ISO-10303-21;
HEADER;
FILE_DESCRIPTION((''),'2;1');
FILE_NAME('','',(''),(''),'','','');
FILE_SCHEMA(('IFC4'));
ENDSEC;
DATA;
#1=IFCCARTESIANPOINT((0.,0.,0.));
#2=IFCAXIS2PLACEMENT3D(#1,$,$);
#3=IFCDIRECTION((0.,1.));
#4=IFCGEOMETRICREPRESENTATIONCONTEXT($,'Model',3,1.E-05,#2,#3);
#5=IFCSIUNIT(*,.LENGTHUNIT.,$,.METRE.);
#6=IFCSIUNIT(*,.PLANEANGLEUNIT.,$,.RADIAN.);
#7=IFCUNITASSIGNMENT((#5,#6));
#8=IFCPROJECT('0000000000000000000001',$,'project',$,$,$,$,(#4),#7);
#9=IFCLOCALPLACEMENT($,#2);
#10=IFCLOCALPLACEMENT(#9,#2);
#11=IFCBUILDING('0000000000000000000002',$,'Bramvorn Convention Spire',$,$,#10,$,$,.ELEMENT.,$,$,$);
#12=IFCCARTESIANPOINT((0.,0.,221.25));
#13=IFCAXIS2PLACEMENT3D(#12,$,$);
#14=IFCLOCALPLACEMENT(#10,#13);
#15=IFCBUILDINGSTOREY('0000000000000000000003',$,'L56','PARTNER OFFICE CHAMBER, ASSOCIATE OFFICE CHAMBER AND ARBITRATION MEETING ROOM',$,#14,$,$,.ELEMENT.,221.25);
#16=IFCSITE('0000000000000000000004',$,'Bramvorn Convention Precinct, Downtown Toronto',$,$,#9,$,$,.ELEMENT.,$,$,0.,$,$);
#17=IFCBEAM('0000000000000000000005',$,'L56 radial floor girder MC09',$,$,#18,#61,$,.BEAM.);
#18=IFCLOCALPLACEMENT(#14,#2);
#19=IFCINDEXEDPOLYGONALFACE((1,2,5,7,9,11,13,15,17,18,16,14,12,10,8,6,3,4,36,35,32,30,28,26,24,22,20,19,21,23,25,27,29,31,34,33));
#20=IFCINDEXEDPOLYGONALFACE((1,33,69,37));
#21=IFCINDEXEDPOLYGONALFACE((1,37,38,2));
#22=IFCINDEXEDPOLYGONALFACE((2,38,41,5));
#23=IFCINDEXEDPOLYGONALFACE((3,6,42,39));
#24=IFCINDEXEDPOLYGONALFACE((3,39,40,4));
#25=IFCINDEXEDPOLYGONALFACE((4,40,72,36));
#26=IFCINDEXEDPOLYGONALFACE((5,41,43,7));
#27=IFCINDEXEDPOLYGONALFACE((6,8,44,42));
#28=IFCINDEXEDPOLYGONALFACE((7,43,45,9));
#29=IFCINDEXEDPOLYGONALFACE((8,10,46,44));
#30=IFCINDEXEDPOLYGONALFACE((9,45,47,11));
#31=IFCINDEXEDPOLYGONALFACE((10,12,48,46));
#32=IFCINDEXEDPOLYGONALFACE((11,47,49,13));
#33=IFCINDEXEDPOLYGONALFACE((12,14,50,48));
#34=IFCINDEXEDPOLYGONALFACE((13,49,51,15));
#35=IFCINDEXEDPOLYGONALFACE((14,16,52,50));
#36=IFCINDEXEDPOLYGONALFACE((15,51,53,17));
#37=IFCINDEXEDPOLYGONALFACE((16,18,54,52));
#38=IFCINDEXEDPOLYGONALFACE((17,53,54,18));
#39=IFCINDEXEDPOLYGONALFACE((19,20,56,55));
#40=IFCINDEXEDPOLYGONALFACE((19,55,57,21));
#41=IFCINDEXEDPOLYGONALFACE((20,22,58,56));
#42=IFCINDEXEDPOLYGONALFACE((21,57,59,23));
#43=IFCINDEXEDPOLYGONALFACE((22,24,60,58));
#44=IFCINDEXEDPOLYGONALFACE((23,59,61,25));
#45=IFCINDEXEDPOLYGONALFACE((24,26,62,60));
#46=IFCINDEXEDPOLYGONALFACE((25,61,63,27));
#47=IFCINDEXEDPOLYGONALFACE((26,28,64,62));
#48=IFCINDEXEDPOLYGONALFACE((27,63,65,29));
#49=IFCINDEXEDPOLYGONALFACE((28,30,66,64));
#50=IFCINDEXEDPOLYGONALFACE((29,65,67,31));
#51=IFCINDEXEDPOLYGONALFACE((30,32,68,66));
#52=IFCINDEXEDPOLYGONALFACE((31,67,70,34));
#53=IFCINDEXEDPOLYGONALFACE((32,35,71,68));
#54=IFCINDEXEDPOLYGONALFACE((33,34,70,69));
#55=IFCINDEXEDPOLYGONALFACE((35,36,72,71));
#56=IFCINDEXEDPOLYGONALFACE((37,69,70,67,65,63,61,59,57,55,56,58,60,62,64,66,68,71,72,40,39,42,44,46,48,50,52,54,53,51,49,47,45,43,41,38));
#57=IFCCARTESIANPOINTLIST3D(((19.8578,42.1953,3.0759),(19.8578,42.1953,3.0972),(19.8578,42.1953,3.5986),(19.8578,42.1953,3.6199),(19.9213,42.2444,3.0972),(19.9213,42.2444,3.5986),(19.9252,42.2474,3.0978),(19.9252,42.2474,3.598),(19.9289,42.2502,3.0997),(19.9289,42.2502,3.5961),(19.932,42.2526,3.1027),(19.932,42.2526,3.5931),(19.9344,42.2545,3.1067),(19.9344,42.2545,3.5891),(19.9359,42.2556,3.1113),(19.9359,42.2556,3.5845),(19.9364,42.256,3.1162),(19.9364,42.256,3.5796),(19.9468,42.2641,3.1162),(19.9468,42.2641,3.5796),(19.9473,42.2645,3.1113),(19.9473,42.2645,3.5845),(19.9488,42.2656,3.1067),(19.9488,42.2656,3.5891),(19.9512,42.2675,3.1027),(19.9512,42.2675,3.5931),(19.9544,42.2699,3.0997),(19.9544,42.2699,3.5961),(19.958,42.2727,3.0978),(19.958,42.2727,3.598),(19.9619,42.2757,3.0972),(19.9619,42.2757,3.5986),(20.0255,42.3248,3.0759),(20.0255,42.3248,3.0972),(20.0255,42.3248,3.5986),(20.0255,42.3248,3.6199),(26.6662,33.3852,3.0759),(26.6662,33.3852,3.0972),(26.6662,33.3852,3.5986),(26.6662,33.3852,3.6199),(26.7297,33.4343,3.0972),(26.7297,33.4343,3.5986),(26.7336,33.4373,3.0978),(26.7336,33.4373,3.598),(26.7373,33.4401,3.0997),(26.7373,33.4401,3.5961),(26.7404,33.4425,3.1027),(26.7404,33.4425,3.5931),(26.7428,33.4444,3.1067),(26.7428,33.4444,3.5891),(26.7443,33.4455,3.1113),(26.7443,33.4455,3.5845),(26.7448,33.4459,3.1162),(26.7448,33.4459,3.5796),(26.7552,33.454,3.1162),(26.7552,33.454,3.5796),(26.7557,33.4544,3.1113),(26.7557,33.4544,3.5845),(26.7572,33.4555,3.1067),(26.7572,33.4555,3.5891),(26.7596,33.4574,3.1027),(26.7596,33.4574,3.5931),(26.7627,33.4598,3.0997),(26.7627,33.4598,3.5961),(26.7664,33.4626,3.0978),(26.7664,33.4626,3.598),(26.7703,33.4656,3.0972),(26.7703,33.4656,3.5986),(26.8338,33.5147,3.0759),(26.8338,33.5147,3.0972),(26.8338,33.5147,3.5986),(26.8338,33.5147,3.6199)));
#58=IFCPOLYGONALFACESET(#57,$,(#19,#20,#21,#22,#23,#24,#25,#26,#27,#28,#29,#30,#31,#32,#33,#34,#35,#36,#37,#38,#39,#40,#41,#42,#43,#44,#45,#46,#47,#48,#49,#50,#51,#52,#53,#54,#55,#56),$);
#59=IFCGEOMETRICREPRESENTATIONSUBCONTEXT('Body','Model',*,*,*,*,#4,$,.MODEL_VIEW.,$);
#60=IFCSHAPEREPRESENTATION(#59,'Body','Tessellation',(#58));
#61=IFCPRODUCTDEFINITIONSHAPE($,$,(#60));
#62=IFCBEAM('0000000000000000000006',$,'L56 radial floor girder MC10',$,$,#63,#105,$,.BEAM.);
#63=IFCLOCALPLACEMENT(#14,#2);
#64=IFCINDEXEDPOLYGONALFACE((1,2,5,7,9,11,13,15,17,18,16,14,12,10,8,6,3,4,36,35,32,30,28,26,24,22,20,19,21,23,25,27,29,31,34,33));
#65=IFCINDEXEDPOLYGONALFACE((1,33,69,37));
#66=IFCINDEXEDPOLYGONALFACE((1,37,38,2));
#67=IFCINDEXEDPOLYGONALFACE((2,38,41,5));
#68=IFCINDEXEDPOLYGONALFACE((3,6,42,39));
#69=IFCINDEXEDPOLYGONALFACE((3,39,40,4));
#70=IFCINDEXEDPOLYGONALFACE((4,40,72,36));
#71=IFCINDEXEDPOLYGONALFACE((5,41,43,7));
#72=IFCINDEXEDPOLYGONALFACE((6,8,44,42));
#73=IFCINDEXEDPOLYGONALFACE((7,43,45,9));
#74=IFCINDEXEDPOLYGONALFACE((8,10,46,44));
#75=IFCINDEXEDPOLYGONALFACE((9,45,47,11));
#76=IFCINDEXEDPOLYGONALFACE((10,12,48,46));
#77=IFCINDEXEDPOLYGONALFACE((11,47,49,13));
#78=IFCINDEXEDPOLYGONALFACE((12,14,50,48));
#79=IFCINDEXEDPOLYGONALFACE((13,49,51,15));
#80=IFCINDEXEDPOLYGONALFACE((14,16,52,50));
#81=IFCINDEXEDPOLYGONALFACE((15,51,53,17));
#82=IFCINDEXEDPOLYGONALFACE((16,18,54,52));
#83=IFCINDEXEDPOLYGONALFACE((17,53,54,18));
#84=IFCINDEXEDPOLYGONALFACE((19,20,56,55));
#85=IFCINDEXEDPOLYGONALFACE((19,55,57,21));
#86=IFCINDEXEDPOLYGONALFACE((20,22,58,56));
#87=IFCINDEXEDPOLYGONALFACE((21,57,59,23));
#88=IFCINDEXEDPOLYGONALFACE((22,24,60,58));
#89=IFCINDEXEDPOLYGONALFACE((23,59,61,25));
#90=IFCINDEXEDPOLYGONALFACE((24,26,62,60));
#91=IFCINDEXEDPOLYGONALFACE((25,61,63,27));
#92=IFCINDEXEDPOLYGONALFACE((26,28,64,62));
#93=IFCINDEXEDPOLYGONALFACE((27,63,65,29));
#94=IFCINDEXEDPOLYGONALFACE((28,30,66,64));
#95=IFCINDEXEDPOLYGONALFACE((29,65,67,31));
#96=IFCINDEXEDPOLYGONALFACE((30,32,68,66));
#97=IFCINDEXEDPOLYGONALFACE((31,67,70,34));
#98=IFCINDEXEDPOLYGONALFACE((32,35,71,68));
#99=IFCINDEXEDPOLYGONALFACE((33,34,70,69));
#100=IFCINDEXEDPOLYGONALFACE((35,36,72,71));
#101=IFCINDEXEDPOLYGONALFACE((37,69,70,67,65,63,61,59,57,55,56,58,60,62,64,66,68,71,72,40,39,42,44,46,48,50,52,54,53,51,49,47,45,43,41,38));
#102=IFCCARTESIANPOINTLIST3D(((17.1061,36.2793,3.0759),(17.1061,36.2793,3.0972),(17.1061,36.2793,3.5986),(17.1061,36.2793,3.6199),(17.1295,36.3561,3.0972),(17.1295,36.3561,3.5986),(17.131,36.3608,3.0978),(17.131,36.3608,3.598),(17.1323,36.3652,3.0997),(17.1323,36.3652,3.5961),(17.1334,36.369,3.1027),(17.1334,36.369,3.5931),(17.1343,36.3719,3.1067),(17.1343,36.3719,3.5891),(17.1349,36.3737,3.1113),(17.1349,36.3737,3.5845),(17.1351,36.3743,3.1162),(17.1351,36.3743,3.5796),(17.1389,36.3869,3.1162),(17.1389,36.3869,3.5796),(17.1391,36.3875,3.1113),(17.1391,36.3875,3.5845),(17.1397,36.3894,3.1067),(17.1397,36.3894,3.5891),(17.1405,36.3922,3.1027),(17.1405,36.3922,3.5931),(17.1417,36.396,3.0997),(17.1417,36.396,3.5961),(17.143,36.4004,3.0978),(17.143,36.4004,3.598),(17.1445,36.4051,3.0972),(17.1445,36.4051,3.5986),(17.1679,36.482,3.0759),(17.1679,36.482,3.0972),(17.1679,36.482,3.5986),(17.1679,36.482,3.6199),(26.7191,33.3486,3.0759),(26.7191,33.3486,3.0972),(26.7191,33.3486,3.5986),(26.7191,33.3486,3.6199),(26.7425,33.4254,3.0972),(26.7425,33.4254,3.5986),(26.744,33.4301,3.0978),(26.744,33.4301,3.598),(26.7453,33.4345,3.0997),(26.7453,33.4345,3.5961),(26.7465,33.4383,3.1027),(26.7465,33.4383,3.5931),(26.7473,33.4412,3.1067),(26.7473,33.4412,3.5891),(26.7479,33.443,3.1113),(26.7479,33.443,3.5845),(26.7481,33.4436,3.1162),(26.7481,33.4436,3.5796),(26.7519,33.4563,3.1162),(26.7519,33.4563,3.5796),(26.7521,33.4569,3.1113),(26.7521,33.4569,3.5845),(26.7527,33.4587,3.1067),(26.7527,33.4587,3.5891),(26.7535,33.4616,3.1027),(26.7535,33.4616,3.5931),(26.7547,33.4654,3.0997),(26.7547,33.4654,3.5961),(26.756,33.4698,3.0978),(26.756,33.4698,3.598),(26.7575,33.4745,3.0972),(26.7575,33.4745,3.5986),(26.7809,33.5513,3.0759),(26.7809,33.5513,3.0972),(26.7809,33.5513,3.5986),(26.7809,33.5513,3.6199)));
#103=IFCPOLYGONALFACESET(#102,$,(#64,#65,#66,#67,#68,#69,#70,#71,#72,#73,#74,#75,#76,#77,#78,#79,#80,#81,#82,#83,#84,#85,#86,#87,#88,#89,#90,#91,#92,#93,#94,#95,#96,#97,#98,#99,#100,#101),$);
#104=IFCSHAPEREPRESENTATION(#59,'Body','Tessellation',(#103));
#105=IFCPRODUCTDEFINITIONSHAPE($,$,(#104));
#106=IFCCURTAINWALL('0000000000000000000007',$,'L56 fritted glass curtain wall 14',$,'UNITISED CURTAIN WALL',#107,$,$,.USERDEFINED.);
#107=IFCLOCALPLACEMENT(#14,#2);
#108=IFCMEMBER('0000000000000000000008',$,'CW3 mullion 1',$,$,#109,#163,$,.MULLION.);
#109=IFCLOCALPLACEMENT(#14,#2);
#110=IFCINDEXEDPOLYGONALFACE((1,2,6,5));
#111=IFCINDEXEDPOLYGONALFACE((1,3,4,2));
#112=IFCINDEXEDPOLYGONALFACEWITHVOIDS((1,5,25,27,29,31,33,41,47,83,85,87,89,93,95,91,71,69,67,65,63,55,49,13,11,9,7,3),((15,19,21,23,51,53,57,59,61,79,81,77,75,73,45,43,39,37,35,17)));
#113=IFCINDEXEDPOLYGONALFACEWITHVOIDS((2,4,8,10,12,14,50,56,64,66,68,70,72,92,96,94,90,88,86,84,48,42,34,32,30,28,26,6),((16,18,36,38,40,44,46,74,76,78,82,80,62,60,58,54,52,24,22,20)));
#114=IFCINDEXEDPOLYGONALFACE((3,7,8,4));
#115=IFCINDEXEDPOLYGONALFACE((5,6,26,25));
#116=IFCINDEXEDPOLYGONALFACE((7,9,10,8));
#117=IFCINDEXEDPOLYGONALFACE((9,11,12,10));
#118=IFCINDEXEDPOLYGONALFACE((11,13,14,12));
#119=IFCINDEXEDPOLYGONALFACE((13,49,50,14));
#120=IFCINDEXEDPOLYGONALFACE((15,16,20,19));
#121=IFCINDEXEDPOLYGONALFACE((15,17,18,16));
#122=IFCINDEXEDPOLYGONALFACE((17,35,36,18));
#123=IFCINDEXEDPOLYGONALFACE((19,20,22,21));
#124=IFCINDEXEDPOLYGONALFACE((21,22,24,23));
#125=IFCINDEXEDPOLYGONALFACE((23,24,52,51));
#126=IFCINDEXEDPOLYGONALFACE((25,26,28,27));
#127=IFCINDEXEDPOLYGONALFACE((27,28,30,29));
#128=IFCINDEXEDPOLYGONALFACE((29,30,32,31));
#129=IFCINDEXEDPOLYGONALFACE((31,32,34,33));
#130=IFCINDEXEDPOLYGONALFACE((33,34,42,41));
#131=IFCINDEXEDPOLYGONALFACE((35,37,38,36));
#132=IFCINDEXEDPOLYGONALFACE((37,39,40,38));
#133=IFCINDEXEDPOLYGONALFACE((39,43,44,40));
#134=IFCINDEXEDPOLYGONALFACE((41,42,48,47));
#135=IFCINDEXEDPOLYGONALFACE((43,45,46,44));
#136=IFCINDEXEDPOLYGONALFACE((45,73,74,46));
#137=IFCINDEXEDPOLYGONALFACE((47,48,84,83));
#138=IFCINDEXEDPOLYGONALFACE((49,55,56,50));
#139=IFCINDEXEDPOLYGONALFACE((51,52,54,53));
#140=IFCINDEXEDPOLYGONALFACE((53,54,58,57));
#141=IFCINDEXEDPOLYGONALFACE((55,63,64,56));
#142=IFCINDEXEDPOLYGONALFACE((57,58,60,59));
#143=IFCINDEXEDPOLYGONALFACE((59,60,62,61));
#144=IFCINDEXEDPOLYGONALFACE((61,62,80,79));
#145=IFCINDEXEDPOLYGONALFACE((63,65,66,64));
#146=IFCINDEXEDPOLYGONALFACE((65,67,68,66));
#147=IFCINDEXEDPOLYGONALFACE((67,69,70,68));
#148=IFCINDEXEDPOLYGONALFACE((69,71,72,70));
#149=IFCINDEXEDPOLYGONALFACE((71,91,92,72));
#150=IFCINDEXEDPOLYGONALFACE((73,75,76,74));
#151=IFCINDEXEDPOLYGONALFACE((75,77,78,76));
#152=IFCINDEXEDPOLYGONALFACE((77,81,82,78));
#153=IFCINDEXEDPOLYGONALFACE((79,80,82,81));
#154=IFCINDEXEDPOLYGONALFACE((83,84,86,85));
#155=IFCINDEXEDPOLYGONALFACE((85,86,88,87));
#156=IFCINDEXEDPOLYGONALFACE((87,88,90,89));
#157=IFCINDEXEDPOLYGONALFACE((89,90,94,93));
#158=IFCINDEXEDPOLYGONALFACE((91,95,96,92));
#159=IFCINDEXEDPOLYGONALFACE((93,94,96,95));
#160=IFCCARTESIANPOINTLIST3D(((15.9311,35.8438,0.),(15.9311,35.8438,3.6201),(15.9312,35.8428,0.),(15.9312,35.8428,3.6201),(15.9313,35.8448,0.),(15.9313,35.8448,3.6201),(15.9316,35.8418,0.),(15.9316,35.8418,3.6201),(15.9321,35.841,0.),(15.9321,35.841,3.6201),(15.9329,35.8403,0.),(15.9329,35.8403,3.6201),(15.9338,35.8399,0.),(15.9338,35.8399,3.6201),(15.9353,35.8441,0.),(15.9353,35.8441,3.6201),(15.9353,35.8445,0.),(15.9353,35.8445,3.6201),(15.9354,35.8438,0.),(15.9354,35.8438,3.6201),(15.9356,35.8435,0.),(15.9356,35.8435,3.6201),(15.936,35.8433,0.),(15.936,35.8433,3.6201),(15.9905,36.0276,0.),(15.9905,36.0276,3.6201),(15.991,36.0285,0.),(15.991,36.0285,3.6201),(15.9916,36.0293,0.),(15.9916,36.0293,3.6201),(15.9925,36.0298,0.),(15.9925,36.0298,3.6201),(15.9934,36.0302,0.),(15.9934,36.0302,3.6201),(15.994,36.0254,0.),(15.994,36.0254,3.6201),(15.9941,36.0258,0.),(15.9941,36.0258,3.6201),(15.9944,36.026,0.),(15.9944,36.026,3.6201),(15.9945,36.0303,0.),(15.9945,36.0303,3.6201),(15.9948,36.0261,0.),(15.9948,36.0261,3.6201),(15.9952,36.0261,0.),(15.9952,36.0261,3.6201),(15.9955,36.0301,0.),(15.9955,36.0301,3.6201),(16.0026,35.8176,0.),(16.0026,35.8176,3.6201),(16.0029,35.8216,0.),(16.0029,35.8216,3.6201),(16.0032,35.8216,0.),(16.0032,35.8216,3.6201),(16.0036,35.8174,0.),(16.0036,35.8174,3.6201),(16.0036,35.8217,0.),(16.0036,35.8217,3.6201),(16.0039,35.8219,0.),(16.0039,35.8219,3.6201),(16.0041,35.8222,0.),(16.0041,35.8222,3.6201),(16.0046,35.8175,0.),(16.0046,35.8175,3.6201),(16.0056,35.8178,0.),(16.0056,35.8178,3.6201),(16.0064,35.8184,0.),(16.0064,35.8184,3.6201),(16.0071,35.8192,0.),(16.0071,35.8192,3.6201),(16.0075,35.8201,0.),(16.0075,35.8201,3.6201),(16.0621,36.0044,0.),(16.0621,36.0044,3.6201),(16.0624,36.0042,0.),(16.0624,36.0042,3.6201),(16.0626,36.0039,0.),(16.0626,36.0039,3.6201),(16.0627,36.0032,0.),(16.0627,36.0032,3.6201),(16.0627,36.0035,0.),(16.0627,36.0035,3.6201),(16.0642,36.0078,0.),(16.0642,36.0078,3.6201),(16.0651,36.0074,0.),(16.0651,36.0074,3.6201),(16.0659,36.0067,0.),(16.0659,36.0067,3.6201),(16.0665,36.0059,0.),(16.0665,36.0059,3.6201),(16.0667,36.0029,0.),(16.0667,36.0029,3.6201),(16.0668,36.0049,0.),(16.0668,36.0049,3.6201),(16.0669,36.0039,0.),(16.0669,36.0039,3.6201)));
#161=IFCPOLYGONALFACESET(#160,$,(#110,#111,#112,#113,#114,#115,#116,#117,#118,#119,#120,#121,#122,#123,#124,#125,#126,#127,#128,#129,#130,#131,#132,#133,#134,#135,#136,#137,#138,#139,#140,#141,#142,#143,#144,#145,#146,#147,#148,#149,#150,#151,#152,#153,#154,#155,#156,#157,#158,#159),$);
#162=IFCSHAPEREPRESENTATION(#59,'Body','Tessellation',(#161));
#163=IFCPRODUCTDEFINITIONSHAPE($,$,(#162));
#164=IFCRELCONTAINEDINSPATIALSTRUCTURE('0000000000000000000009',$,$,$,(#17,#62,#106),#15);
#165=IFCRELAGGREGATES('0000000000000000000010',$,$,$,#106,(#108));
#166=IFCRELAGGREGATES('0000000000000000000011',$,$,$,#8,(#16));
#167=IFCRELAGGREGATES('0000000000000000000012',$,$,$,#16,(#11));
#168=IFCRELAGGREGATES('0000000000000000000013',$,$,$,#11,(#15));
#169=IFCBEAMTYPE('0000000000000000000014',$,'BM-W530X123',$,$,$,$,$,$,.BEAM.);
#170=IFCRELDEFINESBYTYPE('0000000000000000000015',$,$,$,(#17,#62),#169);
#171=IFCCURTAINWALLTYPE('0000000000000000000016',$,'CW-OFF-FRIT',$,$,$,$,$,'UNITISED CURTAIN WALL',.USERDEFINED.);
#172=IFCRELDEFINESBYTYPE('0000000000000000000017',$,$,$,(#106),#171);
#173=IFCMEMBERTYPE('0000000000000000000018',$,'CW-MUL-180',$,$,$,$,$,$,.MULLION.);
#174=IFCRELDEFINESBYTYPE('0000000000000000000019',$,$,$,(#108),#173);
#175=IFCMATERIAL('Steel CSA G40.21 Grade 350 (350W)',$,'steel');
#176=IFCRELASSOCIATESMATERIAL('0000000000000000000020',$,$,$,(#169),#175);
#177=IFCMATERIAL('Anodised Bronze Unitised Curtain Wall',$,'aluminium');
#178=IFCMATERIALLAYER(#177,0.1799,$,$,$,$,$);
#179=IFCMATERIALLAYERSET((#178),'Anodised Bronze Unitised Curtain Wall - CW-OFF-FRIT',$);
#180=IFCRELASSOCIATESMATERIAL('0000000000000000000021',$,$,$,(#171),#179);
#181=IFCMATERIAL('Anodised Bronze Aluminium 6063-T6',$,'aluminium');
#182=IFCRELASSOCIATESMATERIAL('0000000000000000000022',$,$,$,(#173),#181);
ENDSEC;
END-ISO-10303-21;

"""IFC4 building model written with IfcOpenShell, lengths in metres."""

from ifc_helpers import new_model, si_unit, direction, frame, origin, origin_2d, place, context, subcontext, project, spatial, hollow_rectangle, i_section, extrude, material, layer, layer_set, material_profile, profile_set, type_object, element, aggregate, save


model = new_model("IFC4")

# Units and contexts
model_context = context("Model", 3, precision=1e-05, world=origin(), true_north=direction((0.0, 1.0)))
body_context = subcontext(model_context, "Body", "Model", "MODEL_VIEW")
ifc_project = project(units=[si_unit("LENGTHUNIT", "METRE"), si_unit("PLANEANGLEUNIT", "RADIAN")], contexts=[model_context])

# Site, building, storey
site_placement = place(None, origin())
site = spatial("IfcSite", under=ifc_project, at=site_placement, Name="Bramvorn Convention Precinct, Downtown Toronto", CompositionType="ELEMENT", RefElevation=0.0)
building_placement = place(site_placement, origin())
building = spatial("IfcBuilding", under=site, at=building_placement, Name="Bramvorn Convention Spire", CompositionType="ELEMENT")
storey_placement = place(building_placement, frame((0.0, 0.0, 221.25)))
storey = spatial("IfcBuildingStorey", under=building, at=storey_placement, Name="L56", Description="PARTNER OFFICE CHAMBER, ASSOCIATE OFFICE CHAMBER AND ARBITRATION MEETING ROOM", CompositionType="ELEMENT", Elevation=221.25)

# Shared definitions
ifc_material_1 = material(Name="Steel CSA G40.21 Grade 350 (350W)", Category="steel")

# Beams
ifc_material_profile_1 = material_profile(ifc_material_1, i_section(OverallWidth=0.2119, OverallDepth=0.5439, WebThickness=0.0132, FlangeThickness=0.0212, FilletRadius=0.019, at=origin_2d()))
ifc_profile_set_1 = profile_set([ifc_material_profile_1], Name="Steel CSA G40.21 Grade 350 (350W) - W530X123")
beam_type_1 = type_object("IfcBeamType", Name="BM-W530X123", PredefinedType="BEAM", material=ifc_profile_set_1)
beam_1_placement = place(storey_placement, frame((26.75, 33.45, 3.3479), z_axis=(-0.61148, 0.79126, 0.0), x_axis=(-0.79126, -0.61148, 0.0)))
element("IfcBeam", 1, at=beam_1_placement, inside=storey, type_object=beam_type_1, Name="L56 radial floor girder MC09", PredefinedType="BEAM", context=body_context, shape_type="SweptSolid", body=[
    extrude(i_section(OverallWidth=0.2119, OverallDepth=0.5439, WebThickness=0.0132, FlangeThickness=0.0212, FilletRadius=0.019, at=origin_2d()), origin(), (0.0, 0.0, 1.0), 11.1343),
])
beam_2_placement = place(storey_placement, frame((26.75, 33.45, 3.3479), z_axis=(-0.956536, 0.291613, 0.0), x_axis=(-0.291613, -0.956536, 0.0)))
element("IfcBeam", 2, at=beam_2_placement, inside=storey, type_object=beam_type_1, Name="L56 radial floor girder MC10", PredefinedType="BEAM", context=body_context, shape_type="SweptSolid", body=[
    extrude(i_section(OverallWidth=0.2119, OverallDepth=0.5439, WebThickness=0.0132, FlangeThickness=0.0212, FilletRadius=0.019, at=origin_2d()), origin(), (0.0, 0.0, 1.0), 10.0498),
])

# Curtain wall, member
ifc_material_2 = material(Name="Anodised Bronze Unitised Curtain Wall", Category="aluminium")
ifc_layer_1 = layer(ifc_material_2, 0.1799)
ifc_layer_set_1 = layer_set([ifc_layer_1], Name="Anodised Bronze Unitised Curtain Wall - CW-OFF-FRIT")
curtain_wall_type = type_object("IfcCurtainWallType", Name="CW-OFF-FRIT", ElementType="UNITISED CURTAIN WALL", PredefinedType="USERDEFINED", material=ifc_layer_set_1)
curtain_wall_1_placement = place(storey_placement, origin())
curtain_wall_1 = element("IfcCurtainWall", 3, at=curtain_wall_1_placement, inside=storey, type_object=curtain_wall_type, Name="L56 fritted glass curtain wall 14", ObjectType="UNITISED CURTAIN WALL", PredefinedType="USERDEFINED")
ifc_material_3 = material(Name="Anodised Bronze Aluminium 6063-T6", Category="aluminium")
ifc_material_profile_2 = material_profile(ifc_material_3, hollow_rectangle(XDim=0.0801, YDim=0.2, WallThickness=0.0039, InnerFilletRadius=0.001, OuterFilletRadius=0.0039, at=origin_2d()))
ifc_profile_set_2 = profile_set([ifc_material_profile_2], Name="Anodised Bronze Aluminium 6063-T6 - CWM80X200")
member_type_1 = type_object("IfcMemberType", Name="CW-MUL-180", PredefinedType="MULLION", material=ifc_profile_set_2)
member_1_placement = place(storey_placement, frame((15.999, 35.9238, 0.0), z_axis=(0.0, 0.0, 1.0), x_axis=(-0.951343, 0.308135, 0.0)))
member_1 = element("IfcMember", 4, at=member_1_placement, type_object=member_type_1, Name="CW3 mullion 1", PredefinedType="MULLION", context=body_context, shape_type="SweptSolid", body=[
    extrude(hollow_rectangle(XDim=0.0801, YDim=0.2, WallThickness=0.0039, InnerFilletRadius=0.001, OuterFilletRadius=0.0039, at=origin_2d()), origin(), (0.0, 0.0, 1.0), 3.6201),
])

aggregate(curtain_wall_1, [member_1])

save(model, "model.ifc")
